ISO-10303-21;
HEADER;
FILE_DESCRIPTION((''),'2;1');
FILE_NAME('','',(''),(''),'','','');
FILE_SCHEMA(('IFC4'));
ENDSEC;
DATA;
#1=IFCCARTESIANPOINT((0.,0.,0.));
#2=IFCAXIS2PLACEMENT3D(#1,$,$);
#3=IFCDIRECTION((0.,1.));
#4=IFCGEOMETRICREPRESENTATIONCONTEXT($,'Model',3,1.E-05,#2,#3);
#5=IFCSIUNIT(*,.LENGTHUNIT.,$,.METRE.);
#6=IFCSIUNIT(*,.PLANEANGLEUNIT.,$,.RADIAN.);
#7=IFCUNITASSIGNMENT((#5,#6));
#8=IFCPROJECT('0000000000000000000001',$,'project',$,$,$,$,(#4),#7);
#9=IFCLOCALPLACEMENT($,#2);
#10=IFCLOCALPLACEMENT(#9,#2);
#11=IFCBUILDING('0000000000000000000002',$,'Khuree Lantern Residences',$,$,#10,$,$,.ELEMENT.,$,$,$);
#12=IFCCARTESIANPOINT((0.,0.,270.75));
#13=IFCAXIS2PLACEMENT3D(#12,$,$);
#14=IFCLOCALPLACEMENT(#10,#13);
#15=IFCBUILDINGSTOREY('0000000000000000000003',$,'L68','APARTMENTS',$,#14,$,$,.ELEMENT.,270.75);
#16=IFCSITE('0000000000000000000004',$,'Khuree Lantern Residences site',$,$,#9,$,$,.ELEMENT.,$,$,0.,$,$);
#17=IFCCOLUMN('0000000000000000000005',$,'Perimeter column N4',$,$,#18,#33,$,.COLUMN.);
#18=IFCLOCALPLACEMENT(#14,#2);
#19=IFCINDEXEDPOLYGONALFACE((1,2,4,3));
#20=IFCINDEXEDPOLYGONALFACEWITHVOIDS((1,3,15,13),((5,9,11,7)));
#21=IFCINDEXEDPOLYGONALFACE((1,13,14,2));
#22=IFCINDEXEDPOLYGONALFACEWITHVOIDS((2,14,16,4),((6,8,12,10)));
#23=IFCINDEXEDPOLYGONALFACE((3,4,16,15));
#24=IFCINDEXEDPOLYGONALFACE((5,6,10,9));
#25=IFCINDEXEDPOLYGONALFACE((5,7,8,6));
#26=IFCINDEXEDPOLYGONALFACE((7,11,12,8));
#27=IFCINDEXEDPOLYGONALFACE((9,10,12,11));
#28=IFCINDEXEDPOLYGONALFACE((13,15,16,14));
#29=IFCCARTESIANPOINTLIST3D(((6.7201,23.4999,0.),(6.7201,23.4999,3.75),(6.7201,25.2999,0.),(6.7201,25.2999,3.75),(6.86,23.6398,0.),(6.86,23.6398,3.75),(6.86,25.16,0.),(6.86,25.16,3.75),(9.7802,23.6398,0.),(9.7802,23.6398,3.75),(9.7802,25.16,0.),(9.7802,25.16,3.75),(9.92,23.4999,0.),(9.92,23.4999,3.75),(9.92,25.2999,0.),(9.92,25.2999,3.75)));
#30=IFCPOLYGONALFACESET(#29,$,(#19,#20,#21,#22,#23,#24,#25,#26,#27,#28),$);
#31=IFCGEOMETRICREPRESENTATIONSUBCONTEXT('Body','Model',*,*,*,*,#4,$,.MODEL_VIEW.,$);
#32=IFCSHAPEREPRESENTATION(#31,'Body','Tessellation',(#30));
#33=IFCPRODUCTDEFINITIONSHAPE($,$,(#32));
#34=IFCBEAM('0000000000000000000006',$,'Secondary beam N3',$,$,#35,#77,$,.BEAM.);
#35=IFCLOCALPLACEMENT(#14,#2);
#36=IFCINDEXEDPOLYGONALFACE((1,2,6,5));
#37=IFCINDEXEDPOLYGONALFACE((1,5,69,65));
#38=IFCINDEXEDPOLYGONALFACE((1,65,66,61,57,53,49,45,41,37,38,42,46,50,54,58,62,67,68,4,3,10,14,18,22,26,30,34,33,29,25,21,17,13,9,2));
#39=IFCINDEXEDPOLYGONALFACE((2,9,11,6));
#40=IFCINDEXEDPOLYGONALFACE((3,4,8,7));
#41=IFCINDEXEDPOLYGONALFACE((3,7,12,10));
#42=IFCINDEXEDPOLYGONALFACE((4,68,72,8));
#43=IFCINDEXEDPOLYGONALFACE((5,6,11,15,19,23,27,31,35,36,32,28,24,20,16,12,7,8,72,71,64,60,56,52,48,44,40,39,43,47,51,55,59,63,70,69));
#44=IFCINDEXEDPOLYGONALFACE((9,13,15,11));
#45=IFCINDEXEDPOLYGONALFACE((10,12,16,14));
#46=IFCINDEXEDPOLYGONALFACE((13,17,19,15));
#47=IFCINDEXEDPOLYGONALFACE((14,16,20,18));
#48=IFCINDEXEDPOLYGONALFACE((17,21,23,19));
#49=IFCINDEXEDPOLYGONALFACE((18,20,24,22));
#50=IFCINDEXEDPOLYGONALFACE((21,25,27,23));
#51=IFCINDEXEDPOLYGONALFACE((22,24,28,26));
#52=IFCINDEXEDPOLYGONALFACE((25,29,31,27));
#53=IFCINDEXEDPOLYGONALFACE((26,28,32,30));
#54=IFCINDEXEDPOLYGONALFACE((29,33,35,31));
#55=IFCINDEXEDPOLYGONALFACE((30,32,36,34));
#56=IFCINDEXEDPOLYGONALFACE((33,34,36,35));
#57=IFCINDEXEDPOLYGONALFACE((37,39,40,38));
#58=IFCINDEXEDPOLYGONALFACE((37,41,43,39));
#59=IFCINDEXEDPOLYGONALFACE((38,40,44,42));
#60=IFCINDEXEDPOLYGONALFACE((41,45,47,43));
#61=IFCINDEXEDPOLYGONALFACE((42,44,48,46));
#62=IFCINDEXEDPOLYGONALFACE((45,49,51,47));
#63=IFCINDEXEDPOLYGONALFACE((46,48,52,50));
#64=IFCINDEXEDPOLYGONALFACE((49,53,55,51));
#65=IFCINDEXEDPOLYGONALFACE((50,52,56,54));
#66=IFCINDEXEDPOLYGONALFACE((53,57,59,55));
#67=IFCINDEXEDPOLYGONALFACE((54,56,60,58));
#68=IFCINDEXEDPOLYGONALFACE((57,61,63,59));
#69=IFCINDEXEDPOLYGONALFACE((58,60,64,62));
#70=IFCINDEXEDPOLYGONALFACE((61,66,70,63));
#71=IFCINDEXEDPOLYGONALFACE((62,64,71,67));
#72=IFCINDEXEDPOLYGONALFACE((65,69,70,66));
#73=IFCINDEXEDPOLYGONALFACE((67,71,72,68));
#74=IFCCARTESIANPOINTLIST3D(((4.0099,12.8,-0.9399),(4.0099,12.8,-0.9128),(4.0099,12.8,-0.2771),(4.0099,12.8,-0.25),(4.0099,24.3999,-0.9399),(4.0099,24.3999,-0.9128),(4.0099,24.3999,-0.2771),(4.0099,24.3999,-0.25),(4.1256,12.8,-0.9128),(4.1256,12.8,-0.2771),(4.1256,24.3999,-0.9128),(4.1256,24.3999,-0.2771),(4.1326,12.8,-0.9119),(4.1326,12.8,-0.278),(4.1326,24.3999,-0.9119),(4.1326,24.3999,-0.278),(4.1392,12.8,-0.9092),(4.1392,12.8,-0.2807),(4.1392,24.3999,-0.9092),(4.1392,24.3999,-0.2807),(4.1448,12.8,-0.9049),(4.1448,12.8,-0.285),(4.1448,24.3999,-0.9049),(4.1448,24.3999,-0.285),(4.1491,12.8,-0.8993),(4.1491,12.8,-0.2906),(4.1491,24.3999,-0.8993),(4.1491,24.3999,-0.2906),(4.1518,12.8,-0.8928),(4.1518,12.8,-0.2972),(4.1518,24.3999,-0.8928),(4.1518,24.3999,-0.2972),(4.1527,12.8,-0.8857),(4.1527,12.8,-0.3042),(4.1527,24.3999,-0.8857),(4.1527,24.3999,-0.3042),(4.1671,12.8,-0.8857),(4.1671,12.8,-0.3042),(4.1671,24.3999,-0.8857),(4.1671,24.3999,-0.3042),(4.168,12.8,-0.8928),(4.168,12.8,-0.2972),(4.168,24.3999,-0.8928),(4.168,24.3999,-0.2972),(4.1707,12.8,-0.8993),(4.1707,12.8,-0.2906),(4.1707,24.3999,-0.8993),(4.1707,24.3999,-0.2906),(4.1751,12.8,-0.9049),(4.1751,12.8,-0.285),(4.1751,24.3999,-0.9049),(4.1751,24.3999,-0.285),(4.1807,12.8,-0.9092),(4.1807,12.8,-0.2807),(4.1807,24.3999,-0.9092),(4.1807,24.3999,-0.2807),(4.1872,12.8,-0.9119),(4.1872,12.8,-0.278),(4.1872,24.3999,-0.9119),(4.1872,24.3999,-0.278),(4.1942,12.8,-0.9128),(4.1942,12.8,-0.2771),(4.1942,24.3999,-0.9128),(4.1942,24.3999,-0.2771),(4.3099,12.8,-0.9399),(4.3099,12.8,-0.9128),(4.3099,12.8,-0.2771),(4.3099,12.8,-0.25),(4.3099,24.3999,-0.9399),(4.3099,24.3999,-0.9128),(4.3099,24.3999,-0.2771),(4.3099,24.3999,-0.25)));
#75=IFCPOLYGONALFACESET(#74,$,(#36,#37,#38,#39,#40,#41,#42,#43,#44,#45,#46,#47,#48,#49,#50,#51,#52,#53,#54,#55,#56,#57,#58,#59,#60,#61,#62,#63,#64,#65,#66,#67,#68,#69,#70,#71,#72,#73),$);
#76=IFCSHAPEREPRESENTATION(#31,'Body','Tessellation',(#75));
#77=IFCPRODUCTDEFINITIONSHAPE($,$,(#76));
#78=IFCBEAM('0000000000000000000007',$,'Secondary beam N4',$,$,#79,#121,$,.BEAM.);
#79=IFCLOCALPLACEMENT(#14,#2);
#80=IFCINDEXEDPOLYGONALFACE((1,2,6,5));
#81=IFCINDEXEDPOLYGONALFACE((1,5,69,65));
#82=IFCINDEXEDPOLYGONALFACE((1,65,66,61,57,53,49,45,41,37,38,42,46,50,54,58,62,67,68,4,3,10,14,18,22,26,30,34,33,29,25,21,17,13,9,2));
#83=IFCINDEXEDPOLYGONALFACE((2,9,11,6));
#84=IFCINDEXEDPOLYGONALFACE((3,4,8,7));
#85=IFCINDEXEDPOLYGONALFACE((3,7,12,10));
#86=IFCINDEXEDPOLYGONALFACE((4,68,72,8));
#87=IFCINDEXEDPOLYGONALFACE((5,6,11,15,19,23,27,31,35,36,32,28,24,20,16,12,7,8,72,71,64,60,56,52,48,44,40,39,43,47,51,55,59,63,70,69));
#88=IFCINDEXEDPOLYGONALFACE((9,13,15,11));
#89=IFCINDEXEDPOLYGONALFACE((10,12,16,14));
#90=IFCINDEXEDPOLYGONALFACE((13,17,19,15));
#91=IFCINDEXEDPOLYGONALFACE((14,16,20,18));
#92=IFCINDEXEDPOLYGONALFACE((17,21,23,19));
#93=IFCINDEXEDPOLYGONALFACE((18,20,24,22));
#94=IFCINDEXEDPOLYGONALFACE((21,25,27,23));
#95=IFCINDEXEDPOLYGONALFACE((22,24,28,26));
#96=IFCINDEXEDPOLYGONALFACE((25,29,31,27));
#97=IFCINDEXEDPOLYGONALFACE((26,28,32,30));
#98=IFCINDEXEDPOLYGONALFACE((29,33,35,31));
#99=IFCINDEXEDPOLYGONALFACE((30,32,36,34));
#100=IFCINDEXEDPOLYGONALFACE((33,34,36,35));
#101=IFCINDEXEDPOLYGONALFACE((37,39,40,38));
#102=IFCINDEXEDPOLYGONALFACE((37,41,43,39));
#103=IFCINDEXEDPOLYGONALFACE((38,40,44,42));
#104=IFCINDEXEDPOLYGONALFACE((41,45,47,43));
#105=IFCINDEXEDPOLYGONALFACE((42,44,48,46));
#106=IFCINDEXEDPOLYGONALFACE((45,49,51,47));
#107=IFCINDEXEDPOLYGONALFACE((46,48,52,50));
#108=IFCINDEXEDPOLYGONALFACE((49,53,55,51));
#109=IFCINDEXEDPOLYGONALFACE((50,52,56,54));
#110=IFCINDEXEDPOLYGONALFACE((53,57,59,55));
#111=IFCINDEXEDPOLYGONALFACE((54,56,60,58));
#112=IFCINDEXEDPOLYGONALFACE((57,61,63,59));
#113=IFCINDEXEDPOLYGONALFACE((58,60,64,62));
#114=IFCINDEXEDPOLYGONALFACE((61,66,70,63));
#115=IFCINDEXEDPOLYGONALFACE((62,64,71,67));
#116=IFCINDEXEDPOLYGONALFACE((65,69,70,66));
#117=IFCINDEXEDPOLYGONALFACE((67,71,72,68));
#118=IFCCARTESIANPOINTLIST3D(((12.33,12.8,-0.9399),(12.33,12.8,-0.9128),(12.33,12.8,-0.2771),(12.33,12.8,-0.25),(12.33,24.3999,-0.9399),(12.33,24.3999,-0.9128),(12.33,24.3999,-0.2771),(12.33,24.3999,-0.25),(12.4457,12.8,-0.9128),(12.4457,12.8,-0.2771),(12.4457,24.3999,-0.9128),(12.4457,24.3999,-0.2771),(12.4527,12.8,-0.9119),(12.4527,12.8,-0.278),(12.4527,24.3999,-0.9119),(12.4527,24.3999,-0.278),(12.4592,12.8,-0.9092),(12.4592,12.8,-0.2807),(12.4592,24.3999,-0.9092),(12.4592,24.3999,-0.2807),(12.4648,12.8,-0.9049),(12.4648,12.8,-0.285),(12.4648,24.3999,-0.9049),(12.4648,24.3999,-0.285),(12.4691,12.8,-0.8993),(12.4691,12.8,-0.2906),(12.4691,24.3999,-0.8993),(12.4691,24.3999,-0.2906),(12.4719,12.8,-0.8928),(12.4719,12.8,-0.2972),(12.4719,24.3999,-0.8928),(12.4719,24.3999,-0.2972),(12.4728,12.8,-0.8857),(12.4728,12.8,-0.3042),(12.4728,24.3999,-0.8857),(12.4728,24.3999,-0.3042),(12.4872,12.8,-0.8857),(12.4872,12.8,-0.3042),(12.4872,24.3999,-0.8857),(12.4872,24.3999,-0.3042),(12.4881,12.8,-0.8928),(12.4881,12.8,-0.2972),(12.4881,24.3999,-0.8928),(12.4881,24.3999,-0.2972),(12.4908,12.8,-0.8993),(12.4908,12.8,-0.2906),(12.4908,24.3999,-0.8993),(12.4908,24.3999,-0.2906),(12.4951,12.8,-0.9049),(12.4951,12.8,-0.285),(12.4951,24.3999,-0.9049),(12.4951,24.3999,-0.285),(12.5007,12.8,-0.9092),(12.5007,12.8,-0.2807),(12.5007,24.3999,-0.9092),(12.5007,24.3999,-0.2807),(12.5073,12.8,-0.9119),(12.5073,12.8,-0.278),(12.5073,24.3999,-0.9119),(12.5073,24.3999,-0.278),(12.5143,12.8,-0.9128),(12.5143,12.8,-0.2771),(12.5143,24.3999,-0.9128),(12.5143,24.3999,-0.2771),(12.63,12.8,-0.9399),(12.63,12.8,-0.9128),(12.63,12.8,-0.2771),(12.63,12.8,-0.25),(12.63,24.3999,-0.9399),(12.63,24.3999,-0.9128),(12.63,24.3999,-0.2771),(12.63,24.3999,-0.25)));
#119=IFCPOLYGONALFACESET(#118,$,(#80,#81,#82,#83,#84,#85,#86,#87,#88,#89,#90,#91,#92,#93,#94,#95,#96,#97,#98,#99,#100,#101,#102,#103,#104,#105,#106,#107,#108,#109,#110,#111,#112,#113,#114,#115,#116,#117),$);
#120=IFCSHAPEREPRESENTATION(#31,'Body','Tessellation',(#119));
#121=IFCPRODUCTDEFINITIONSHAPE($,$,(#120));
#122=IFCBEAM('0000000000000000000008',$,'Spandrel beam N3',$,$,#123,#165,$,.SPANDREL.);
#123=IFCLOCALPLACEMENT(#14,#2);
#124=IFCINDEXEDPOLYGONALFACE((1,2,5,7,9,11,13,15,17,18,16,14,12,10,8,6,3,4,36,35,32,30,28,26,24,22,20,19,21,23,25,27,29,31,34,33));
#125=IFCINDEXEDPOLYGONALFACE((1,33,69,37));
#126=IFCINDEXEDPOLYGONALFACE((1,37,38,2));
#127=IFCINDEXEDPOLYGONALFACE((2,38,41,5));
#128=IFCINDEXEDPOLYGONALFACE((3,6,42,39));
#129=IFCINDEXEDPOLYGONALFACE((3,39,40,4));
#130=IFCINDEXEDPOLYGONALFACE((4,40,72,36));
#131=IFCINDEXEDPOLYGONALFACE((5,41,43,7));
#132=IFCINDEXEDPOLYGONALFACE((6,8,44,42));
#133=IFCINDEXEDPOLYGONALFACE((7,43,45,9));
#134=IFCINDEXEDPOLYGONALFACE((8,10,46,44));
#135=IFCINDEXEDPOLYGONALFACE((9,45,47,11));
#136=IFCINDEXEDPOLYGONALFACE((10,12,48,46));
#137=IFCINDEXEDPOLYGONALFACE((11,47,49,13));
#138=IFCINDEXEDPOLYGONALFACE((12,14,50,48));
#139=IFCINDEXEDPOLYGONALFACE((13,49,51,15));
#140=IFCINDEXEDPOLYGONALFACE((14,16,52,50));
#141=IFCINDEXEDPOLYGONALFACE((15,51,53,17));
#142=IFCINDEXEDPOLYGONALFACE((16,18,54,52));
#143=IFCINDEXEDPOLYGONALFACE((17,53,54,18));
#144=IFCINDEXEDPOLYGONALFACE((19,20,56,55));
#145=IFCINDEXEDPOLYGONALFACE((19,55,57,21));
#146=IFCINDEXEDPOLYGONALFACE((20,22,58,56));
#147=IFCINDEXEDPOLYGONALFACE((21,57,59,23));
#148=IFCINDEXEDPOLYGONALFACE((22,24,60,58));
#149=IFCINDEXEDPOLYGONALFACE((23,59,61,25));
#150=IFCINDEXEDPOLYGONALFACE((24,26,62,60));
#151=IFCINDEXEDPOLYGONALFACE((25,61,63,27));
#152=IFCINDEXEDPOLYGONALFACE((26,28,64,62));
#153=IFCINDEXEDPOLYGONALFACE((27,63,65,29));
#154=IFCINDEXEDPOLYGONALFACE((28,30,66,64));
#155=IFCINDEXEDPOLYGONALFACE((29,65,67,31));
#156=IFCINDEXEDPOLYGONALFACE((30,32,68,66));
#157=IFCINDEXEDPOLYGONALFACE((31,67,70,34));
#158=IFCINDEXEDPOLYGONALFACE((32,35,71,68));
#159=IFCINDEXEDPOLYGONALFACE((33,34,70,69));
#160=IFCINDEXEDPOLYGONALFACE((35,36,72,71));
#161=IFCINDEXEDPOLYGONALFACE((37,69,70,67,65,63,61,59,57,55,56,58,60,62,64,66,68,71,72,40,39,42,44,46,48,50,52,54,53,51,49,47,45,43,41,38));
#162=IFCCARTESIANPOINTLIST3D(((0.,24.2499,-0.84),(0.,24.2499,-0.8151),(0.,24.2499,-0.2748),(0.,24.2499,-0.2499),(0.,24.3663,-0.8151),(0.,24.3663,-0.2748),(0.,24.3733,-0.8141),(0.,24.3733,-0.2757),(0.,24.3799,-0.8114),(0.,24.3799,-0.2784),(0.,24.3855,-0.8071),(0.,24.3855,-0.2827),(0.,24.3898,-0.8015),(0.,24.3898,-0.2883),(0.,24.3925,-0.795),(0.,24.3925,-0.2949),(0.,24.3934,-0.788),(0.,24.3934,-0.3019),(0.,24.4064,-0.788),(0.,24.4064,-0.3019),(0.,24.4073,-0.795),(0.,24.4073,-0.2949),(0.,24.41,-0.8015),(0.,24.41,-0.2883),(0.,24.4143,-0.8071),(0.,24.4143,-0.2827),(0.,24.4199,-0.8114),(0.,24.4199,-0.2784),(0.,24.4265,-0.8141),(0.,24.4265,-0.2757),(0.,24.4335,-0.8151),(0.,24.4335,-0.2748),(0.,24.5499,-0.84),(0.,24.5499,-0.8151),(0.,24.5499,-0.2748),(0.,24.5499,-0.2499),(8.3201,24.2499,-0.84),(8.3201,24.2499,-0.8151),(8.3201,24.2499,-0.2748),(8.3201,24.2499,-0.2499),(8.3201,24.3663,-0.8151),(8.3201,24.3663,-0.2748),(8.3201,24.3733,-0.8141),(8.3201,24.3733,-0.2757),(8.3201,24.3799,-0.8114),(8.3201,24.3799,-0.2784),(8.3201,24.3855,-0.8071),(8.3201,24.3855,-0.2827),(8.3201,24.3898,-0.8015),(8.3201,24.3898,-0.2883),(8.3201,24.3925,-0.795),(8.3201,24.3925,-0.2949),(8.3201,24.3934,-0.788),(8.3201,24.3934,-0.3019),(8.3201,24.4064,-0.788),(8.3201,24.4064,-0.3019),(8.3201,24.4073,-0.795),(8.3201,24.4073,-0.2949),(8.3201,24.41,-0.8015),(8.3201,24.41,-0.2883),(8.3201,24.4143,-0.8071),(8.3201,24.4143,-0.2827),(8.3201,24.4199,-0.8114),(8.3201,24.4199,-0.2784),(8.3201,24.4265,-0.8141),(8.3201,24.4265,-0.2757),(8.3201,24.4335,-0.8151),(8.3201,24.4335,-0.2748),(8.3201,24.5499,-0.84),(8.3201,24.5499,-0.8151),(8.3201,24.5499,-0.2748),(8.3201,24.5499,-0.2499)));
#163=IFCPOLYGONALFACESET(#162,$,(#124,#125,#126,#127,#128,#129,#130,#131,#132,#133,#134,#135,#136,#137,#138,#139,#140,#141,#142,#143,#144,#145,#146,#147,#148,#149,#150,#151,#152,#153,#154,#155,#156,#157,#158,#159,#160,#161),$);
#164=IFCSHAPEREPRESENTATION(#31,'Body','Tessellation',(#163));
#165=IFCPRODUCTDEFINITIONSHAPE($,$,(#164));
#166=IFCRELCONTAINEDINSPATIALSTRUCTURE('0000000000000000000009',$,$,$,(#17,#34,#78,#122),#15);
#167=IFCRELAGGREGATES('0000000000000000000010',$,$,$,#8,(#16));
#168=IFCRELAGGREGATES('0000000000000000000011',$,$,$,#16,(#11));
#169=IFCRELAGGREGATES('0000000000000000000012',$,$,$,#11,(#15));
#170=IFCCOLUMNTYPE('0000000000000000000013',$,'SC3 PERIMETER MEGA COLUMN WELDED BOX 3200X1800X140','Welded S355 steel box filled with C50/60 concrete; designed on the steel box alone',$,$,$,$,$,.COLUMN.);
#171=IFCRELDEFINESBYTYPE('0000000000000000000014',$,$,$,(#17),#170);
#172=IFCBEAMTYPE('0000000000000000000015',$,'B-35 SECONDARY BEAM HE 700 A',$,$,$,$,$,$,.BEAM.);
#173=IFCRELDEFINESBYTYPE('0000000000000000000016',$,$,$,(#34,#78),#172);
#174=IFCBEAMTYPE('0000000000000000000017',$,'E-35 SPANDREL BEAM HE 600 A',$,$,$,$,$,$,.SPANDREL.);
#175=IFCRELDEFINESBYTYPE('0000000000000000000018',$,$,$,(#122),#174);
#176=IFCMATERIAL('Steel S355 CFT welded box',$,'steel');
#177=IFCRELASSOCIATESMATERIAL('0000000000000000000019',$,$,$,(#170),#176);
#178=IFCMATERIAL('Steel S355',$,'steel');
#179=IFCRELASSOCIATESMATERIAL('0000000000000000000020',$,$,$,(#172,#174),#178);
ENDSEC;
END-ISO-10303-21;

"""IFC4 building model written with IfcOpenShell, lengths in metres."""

from ifc_helpers import new_model, si_unit, direction, frame, origin, origin_2d, place, context, subcontext, project, spatial, hollow_rectangle, i_section, extrude, material, material_profile, profile_set, type_object, element, save


model = new_model("IFC4")

# Units and contexts
model_context = context("Model", 3, precision=1e-05, world=origin(), true_north=direction((0.0, 1.0)))
body_context = subcontext(model_context, "Body", "Model", "MODEL_VIEW")
ifc_project = project(units=[si_unit("LENGTHUNIT", "METRE"), si_unit("PLANEANGLEUNIT", "RADIAN")], contexts=[model_context])

# Site, building, storey
site_placement = place(None, origin())
site = spatial("IfcSite", under=ifc_project, at=site_placement, Name="Khuree Lantern Residences site", CompositionType="ELEMENT", RefElevation=0.0)
building_placement = place(site_placement, origin())
building = spatial("IfcBuilding", under=site, at=building_placement, Name="Khuree Lantern Residences", CompositionType="ELEMENT")
storey_placement = place(building_placement, frame((0.0, 0.0, 270.75)))
storey = spatial("IfcBuildingStorey", under=building, at=storey_placement, Name="L68", Description="APARTMENTS", CompositionType="ELEMENT", Elevation=270.75)

# Column
ifc_material_1 = material(Name="Steel S355 CFT welded box", Category="steel")
ifc_material_profile_1 = material_profile(ifc_material_1, hollow_rectangle(XDim=3.2, YDim=1.8, WallThickness=0.1399, at=origin_2d()), Name="WELDED BOX 3200X1800X140")
ifc_profile_set_1 = profile_set([ifc_material_profile_1], Name="Steel S355 CFT welded box")
column_type = type_object("IfcColumnType", Name="SC3 PERIMETER MEGA COLUMN WELDED BOX 3200X1800X140", Description="Welded S355 steel box filled with C50/60 concrete; designed on the steel box alone", PredefinedType="COLUMN", material=ifc_profile_set_1)
column_placement = place(storey_placement, frame((8.3201, 24.3999, 0.0), z_axis=(0.0, 0.0, 1.0), x_axis=(1.0, 0.0, 0.0)))
element("IfcColumn", 1, at=column_placement, inside=storey, type_object=column_type, Name="Perimeter column N4", PredefinedType="COLUMN", context=body_context, shape_type="SweptSolid", body=[
    extrude(hollow_rectangle(XDim=3.2, YDim=1.8, WallThickness=0.1399, at=origin_2d()), origin(), (0.0, 0.0, 1.0), 3.75),
])

# Beams
ifc_material_2 = material(Name="Steel S355", Category="steel")
ifc_material_profile_2 = material_profile(ifc_material_2, i_section(OverallWidth=0.3, OverallDepth=0.6899, WebThickness=0.0144, FlangeThickness=0.0271, FilletRadius=0.0271, at=origin_2d()), Name="HE 700 A")
ifc_profile_set_2 = profile_set([ifc_material_profile_2], Name="Steel S355")
beam_type_1 = type_object("IfcBeamType", Name="B-35 SECONDARY BEAM HE 700 A", PredefinedType="BEAM", material=ifc_profile_set_2)
for number, where, z_axis, x_axis, name in (
    (2, (4.1599, 24.3999, -0.595), (0.0, -1.0, 0.0), (1.0, 0.0, 0.0), "Secondary beam N3"),
    (3, (12.48, 24.3999, -0.595), (0.0, -1.0, 0.0), (1.0, 0.0, 0.0), "Secondary beam N4"),
):
    element("IfcBeam", number, at=place(storey_placement, frame(where, z_axis=z_axis, x_axis=x_axis)), inside=storey, type_object=beam_type_1, Name=name, PredefinedType="BEAM", context=body_context, shape_type="SweptSolid", body=[
        extrude(i_section(OverallWidth=0.3, OverallDepth=0.6899, WebThickness=0.0144, FlangeThickness=0.0271, FilletRadius=0.0271, at=origin_2d()), origin(), (0.0, 0.0, 1.0), 11.5999),
    ])
ifc_material_profile_3 = material_profile(ifc_material_2, i_section(OverallWidth=0.3, OverallDepth=0.5901, WebThickness=0.0129, FlangeThickness=0.0249, FilletRadius=0.0271, at=origin_2d()), Name="HE 600 A")
ifc_profile_set_3 = profile_set([ifc_material_profile_3], Name="Steel S355")
beam_type_2 = type_object("IfcBeamType", Name="E-35 SPANDREL BEAM HE 600 A", PredefinedType="SPANDREL", material=ifc_profile_set_3)
beam_1_placement = place(storey_placement, frame((0.0, 24.3999, -0.5449), z_axis=(1.0, 0.0, 0.0), x_axis=(0.0, 1.0, 0.0)))
element("IfcBeam", 4, at=beam_1_placement, inside=storey, type_object=beam_type_2, Name="Spandrel beam N3", PredefinedType="SPANDREL", context=body_context, shape_type="SweptSolid", body=[
    extrude(i_section(OverallWidth=0.3, OverallDepth=0.5901, WebThickness=0.0129, FlangeThickness=0.0249, FilletRadius=0.0271, at=origin_2d()), origin(), (0.0, 0.0, 1.0), 8.3201),
])

save(model, "model.ifc")
